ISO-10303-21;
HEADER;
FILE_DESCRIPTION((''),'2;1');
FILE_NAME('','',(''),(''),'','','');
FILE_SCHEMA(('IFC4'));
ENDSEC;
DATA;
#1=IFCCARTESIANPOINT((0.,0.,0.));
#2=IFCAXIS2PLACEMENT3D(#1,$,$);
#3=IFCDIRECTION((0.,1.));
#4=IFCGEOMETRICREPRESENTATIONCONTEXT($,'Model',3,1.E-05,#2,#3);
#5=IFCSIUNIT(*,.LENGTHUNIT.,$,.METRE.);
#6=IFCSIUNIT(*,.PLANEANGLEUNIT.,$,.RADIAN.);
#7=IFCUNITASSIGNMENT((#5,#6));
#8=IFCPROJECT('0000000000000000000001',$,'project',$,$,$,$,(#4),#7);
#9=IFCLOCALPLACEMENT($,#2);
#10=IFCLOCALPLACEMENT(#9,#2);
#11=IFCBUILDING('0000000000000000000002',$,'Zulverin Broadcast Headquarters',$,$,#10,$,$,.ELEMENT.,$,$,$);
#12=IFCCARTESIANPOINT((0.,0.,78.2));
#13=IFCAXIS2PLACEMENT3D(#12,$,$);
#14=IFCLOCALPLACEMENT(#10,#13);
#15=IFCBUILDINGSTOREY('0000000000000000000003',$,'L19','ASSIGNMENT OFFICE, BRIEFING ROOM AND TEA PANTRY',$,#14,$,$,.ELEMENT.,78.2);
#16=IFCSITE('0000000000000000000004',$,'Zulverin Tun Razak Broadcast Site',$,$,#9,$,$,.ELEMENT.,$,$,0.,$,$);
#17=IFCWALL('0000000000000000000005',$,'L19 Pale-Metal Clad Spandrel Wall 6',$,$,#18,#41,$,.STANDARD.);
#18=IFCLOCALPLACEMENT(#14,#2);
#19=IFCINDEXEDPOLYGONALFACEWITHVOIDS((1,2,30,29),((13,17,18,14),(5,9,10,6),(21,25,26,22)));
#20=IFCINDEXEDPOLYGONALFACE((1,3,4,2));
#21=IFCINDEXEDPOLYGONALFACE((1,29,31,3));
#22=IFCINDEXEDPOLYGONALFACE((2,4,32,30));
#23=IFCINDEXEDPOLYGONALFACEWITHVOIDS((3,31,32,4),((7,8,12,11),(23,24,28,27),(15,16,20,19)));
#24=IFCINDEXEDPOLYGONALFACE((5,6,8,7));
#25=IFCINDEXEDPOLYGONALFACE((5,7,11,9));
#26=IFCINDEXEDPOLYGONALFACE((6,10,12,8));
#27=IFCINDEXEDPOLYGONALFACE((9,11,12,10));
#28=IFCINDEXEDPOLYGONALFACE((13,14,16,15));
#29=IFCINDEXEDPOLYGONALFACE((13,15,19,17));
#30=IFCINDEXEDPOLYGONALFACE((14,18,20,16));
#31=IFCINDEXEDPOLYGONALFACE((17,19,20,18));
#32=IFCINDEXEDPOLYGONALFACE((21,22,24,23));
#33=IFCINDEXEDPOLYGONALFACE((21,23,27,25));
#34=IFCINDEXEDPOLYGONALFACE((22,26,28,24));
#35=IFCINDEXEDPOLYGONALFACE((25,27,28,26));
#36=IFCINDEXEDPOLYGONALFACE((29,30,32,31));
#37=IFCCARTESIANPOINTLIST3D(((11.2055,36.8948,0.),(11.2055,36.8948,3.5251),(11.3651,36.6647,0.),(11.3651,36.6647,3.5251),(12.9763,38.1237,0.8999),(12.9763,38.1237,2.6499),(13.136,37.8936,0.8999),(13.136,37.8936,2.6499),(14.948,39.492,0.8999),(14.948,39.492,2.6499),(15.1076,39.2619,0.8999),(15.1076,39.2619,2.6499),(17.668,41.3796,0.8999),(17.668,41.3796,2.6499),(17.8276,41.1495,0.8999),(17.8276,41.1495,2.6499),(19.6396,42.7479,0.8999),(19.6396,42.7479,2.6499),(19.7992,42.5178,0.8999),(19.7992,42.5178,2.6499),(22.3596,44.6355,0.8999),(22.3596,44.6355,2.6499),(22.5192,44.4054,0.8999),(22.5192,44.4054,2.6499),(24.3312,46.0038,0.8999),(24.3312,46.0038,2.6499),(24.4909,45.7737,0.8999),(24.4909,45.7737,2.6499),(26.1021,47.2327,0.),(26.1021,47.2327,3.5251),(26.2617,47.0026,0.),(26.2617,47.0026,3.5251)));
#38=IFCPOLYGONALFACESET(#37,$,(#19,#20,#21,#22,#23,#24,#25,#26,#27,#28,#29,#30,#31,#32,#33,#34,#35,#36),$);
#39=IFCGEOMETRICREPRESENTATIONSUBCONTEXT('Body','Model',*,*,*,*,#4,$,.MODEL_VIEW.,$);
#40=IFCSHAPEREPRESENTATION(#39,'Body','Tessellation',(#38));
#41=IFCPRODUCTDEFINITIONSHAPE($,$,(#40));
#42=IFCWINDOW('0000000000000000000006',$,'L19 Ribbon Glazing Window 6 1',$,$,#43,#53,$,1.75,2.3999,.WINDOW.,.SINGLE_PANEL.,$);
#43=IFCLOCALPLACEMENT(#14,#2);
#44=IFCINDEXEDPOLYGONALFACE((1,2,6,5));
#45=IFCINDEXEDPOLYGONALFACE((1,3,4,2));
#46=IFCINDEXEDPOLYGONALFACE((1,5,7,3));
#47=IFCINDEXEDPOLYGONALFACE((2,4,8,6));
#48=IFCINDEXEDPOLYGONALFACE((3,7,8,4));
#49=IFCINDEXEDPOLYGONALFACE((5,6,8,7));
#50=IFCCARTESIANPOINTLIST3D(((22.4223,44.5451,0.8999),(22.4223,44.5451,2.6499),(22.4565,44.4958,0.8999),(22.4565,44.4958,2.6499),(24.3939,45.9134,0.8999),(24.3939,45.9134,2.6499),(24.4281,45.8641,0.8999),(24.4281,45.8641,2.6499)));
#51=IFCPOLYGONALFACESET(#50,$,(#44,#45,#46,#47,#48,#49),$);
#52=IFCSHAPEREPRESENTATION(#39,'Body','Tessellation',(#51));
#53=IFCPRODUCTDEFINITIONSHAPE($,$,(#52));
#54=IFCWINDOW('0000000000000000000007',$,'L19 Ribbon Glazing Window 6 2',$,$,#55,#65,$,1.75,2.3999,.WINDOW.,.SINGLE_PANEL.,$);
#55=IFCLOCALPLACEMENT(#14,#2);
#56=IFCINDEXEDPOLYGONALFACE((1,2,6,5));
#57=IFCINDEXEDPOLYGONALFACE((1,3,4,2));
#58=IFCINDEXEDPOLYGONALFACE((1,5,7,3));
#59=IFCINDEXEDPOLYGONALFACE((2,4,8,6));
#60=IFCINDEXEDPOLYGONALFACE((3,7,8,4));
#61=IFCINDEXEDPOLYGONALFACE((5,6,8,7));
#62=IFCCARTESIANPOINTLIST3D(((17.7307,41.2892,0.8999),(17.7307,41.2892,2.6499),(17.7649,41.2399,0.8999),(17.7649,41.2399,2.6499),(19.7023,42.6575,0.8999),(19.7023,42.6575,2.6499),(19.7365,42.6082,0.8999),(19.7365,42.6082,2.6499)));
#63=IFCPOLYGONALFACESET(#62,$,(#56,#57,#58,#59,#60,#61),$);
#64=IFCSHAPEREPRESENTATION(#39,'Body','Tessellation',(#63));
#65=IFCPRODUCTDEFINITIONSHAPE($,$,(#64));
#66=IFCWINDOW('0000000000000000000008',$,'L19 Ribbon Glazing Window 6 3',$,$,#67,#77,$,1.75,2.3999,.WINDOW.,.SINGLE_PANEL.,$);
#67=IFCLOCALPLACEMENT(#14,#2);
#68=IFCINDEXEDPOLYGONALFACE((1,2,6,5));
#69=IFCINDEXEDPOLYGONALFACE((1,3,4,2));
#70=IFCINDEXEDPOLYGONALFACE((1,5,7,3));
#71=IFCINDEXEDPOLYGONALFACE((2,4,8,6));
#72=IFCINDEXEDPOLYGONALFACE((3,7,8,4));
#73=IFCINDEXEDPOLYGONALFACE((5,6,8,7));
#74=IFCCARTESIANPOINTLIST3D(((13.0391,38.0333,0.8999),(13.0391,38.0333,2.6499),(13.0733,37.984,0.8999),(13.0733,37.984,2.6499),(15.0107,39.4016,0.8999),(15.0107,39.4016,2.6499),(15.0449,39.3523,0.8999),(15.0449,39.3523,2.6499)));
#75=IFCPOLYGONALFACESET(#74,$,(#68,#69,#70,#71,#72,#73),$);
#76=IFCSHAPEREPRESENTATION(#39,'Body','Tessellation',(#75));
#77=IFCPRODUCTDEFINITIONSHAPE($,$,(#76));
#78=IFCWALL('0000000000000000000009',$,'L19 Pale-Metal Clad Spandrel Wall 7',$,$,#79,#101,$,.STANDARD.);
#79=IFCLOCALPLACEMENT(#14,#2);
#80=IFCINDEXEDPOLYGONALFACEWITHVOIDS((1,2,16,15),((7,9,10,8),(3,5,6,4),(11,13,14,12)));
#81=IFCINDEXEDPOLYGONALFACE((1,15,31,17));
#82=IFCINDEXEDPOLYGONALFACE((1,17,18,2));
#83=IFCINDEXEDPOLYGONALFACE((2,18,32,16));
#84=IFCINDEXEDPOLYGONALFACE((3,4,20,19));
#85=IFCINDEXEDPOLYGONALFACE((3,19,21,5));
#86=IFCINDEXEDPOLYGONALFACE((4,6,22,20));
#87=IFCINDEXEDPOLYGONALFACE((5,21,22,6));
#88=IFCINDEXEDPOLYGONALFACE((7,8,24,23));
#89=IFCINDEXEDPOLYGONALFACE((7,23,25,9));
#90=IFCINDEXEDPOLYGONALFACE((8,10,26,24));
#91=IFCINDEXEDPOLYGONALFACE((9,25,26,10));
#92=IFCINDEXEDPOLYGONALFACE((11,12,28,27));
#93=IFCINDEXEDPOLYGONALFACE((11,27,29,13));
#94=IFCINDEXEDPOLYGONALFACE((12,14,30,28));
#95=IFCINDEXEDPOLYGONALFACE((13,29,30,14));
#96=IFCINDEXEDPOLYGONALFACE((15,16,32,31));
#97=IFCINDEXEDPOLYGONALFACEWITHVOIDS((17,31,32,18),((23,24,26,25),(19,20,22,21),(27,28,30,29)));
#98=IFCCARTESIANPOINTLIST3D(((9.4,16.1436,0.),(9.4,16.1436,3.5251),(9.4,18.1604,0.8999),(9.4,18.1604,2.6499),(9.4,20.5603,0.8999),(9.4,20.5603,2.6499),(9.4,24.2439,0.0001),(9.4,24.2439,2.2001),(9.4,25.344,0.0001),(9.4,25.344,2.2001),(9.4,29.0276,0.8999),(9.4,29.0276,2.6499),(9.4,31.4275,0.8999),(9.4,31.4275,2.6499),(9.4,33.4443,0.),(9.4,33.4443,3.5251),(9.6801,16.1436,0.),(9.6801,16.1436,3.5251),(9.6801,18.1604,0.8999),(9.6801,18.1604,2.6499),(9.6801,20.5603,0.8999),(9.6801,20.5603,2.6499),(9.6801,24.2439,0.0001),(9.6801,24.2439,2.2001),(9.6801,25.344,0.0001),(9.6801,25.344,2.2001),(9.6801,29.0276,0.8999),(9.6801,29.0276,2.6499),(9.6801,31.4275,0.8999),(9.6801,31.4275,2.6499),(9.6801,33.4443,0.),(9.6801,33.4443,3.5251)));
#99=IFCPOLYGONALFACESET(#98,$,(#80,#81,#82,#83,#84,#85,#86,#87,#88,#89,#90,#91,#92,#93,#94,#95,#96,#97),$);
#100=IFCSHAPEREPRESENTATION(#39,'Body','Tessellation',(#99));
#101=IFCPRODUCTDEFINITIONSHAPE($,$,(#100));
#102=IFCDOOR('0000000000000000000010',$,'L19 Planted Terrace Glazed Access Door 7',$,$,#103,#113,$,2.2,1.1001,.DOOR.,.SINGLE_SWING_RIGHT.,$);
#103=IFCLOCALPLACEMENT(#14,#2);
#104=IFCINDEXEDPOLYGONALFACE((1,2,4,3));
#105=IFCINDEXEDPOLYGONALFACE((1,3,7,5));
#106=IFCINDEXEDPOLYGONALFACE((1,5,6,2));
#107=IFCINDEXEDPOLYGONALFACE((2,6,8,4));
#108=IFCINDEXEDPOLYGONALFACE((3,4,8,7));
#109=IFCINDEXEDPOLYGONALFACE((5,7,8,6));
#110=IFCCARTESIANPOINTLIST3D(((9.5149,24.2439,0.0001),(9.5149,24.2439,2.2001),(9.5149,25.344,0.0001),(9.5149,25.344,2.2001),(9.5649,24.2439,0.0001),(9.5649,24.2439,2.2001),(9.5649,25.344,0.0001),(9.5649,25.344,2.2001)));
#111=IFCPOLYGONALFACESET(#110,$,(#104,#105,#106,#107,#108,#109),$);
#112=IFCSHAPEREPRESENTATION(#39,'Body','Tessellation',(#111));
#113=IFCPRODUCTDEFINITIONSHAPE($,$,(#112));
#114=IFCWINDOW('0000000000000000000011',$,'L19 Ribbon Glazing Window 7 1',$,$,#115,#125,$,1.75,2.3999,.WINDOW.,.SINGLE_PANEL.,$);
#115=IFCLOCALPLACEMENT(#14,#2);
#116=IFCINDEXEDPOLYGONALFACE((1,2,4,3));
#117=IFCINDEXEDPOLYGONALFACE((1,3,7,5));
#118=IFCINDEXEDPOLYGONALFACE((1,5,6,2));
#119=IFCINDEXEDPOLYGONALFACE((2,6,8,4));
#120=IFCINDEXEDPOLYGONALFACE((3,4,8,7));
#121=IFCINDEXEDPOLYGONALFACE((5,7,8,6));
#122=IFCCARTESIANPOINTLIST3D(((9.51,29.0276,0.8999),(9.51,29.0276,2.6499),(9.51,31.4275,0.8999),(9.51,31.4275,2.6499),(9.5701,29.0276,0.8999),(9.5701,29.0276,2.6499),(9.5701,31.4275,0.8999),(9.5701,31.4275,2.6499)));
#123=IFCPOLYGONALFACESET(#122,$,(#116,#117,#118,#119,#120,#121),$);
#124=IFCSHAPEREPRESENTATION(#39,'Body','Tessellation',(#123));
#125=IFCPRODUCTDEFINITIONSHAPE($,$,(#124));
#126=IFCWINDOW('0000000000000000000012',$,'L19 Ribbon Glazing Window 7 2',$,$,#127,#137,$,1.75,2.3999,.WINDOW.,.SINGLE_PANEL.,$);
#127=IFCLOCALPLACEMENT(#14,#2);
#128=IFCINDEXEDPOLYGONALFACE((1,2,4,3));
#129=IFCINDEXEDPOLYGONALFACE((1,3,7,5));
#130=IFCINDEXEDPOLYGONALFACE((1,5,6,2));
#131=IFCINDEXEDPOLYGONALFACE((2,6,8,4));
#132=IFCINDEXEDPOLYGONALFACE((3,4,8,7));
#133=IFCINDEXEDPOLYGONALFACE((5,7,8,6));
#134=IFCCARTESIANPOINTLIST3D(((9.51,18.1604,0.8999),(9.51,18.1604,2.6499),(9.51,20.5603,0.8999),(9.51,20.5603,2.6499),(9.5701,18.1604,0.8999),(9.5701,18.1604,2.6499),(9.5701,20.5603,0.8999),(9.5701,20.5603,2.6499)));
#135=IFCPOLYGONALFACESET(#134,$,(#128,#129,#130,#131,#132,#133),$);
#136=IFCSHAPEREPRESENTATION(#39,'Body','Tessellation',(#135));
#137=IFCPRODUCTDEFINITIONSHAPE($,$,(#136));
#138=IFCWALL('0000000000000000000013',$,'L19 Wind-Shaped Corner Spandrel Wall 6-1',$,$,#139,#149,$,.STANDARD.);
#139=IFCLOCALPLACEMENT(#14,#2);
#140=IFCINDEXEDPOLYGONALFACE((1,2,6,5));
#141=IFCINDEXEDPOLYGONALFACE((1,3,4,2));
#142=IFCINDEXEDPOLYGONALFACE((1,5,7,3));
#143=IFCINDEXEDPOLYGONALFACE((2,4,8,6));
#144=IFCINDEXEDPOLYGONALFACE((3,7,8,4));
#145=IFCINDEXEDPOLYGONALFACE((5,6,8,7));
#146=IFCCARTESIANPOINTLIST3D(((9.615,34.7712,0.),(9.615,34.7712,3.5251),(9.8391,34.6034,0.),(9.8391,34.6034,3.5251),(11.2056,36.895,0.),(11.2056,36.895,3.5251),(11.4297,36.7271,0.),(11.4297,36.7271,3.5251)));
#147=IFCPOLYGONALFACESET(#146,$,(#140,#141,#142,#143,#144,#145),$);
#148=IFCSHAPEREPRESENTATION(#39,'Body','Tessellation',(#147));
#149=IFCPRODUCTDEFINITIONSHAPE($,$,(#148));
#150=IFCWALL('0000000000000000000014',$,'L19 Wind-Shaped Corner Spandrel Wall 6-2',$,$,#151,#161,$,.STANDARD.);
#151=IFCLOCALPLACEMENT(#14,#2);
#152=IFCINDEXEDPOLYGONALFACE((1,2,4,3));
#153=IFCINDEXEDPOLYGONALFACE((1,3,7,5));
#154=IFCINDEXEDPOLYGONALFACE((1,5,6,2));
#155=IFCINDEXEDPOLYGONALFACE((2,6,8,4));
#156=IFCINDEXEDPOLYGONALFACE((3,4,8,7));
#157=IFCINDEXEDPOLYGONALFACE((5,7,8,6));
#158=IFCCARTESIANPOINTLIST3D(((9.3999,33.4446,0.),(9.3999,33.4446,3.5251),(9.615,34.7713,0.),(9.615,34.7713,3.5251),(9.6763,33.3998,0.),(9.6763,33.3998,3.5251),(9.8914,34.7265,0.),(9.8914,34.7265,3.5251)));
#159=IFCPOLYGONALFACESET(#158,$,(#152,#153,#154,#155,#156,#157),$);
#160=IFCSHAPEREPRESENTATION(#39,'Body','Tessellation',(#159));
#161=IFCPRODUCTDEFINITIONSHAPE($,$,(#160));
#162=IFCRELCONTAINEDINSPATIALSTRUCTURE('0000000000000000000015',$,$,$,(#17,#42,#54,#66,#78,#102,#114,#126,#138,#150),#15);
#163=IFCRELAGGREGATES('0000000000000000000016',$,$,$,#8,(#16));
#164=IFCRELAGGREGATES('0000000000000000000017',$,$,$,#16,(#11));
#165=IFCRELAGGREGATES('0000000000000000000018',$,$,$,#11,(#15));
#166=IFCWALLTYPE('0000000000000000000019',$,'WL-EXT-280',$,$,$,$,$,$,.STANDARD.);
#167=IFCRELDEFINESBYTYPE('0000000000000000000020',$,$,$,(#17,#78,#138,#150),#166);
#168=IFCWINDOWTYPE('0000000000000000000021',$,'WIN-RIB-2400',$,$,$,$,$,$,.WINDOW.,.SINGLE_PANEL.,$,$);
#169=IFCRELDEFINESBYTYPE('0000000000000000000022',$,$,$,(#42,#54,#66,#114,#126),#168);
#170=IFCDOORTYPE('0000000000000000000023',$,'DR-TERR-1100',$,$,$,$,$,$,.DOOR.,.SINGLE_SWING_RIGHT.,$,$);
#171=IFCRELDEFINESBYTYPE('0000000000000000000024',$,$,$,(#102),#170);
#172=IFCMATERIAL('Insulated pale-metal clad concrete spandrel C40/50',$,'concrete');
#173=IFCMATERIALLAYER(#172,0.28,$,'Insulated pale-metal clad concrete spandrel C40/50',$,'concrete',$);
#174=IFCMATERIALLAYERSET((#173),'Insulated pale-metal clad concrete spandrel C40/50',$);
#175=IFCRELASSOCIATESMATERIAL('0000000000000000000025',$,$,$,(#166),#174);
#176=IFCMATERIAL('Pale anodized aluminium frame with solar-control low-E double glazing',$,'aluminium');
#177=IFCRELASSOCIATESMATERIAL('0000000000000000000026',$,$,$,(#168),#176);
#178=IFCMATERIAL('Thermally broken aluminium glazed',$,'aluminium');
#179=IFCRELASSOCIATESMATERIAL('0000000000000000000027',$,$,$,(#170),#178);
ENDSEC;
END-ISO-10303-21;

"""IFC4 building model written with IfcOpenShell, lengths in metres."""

from ifc_helpers import new_model, si_unit, direction, frame, frame_2d, origin, place, context, subcontext, project, spatial, rectangle, extrude, material, layer, layer_set, type_object, element, fill, save


model = new_model("IFC4")

# Units and contexts
model_context = context("Model", 3, precision=1e-05, world=origin(), true_north=direction((0.0, 1.0)))
body_context = subcontext(model_context, "Body", "Model", "MODEL_VIEW")
ifc_project = project(units=[si_unit("LENGTHUNIT", "METRE"), si_unit("PLANEANGLEUNIT", "RADIAN")], contexts=[model_context])

# Site, building, storey
site_placement = place(None, origin())
site = spatial("IfcSite", under=ifc_project, at=site_placement, Name="Zulverin Tun Razak Broadcast Site", CompositionType="ELEMENT", RefElevation=0.0)
building_placement = place(site_placement, origin())
building = spatial("IfcBuilding", under=site, at=building_placement, Name="Zulverin Broadcast Headquarters", CompositionType="ELEMENT")
storey_placement = place(building_placement, frame((0.0, 0.0, 78.2)))
storey = spatial("IfcBuildingStorey", under=building, at=storey_placement, Name="L19", Description="ASSIGNMENT OFFICE, BRIEFING ROOM AND TEA PANTRY", CompositionType="ELEMENT", Elevation=78.2)

# Wall, openings, windows
ifc_material_1 = material(Name="Insulated pale-metal clad concrete spandrel C40/50", Category="concrete")
ifc_layer_1 = layer(ifc_material_1, 0.28, Name="Insulated pale-metal clad concrete spandrel C40/50", Category="concrete")
ifc_layer_set_1 = layer_set([ifc_layer_1], Name="Insulated pale-metal clad concrete spandrel C40/50")
wall_type_1 = type_object("IfcWallType", Name="WL-EXT-280", PredefinedType="STANDARD", material=ifc_layer_set_1)
wall_1_placement = place(storey_placement, frame((26.1819, 47.1177, 0.0), z_axis=(0.0, 0.0, 1.0), x_axis=(-0.821548, -0.570139, 0.0)))
wall_1 = element("IfcWall", 1, at=wall_1_placement, inside=storey, type_object=wall_type_1, Name="L19 Pale-Metal Clad Spandrel Wall 6", PredefinedType="STANDARD", context=body_context, shape_type="SweptSolid", body=[
    extrude(rectangle(XDim=18.1323, YDim=0.28, at=frame_2d((9.0662, 0.0))), origin(), (0.0, 0.0, 1.0), 3.5251),
])
opening_1_placement = place(wall_1_placement, frame((2.1555, 0.0, 0.8999)))
opening_1 = element("IfcOpeningElement", 2, at=opening_1_placement, cuts=wall_1, PredefinedType="OPENING", context=body_context, shape_type="SweptSolid", body=[
    extrude(rectangle(XDim=2.3999, YDim=1.75, at=frame_2d((1.2, 0.875))), frame((0.0, 0.1499, 0.0), z_axis=(0.0, -1.0, 0.0), x_axis=(1.0, 0.0, 0.0)), (0.0, 0.0, 1.0), 0.3),
])
opening_2_placement = place(wall_1_placement, frame((7.8662, 0.0, 0.8999)))
opening_2 = element("IfcOpeningElement", 3, at=opening_2_placement, cuts=wall_1, PredefinedType="OPENING", context=body_context, shape_type="SweptSolid", body=[
    extrude(rectangle(XDim=2.3999, YDim=1.75, at=frame_2d((1.2, 0.875))), frame((0.0, 0.1499, 0.0), z_axis=(0.0, -1.0, 0.0), x_axis=(1.0, 0.0, 0.0)), (0.0, 0.0, 1.0), 0.3),
])
opening_3_placement = place(wall_1_placement, frame((13.5769, 0.0, 0.8999)))
opening_3 = element("IfcOpeningElement", 4, at=opening_3_placement, cuts=wall_1, PredefinedType="OPENING", context=body_context, shape_type="SweptSolid", body=[
    extrude(rectangle(XDim=2.3999, YDim=1.75, at=frame_2d((1.2, 0.875))), frame((0.0, 0.1499, 0.0), z_axis=(0.0, -1.0, 0.0), x_axis=(1.0, 0.0, 0.0)), (0.0, 0.0, 1.0), 0.3),
])
ifc_material_2 = material(Name="Pale anodized aluminium frame with solar-control low-E double glazing", Category="aluminium")
window_type = type_object("IfcWindowType", Name="WIN-RIB-2400", PartitioningType="SINGLE_PANEL", PredefinedType="WINDOW", material=ifc_material_2)
window_1_placement = place(opening_1_placement, origin())
window_1 = element("IfcWindow", 5, at=window_1_placement, inside=storey, type_object=window_type, Name="L19 Ribbon Glazing Window 6 1", OverallHeight=1.75, OverallWidth=2.3999, PartitioningType="SINGLE_PANEL", PredefinedType="WINDOW", context=body_context, shape_type="SweptSolid", body=[
    extrude(rectangle(XDim=2.3999, YDim=1.75, at=frame_2d((1.2, 0.875))), frame((0.0, 0.03, 0.0), z_axis=(0.0, -1.0, 0.0), x_axis=(1.0, 0.0, 0.0)), (0.0, 0.0, 1.0), 0.0601),
])
fill(opening_1, window_1)
window_2_placement = place(opening_2_placement, origin())
window_2 = element("IfcWindow", 6, at=window_2_placement, inside=storey, type_object=window_type, Name="L19 Ribbon Glazing Window 6 2", OverallHeight=1.75, OverallWidth=2.3999, PartitioningType="SINGLE_PANEL", PredefinedType="WINDOW", context=body_context, shape_type="SweptSolid", body=[
    extrude(rectangle(XDim=2.3999, YDim=1.75, at=frame_2d((1.2, 0.875))), frame((0.0, 0.03, 0.0), z_axis=(0.0, -1.0, 0.0), x_axis=(1.0, 0.0, 0.0)), (0.0, 0.0, 1.0), 0.0601),
])
fill(opening_2, window_2)
window_3_placement = place(opening_3_placement, origin())
window_3 = element("IfcWindow", 7, at=window_3_placement, inside=storey, type_object=window_type, Name="L19 Ribbon Glazing Window 6 3", OverallHeight=1.75, OverallWidth=2.3999, PartitioningType="SINGLE_PANEL", PredefinedType="WINDOW", context=body_context, shape_type="SweptSolid", body=[
    extrude(rectangle(XDim=2.3999, YDim=1.75, at=frame_2d((1.2, 0.875))), frame((0.0, 0.03, 0.0), z_axis=(0.0, -1.0, 0.0), x_axis=(1.0, 0.0, 0.0)), (0.0, 0.0, 1.0), 0.0601),
])
fill(opening_3, window_3)

# Wall, openings, door, windows
wall_2_placement = place(storey_placement, frame((9.54, 33.4443, 0.0), z_axis=(0.0, 0.0, 1.0), x_axis=(0.0, -1.0, 0.0)))
wall_2 = element("IfcWall", 8, at=wall_2_placement, inside=storey, type_object=wall_type_1, Name="L19 Pale-Metal Clad Spandrel Wall 7", PredefinedType="STANDARD", context=body_context, shape_type="SweptSolid", body=[
    extrude(rectangle(XDim=17.3008, YDim=0.28, at=frame_2d((8.6504, 0.0))), origin(), (0.0, 0.0, 1.0), 3.5251),
])
opening_4_placement = place(wall_2_placement, frame((8.1003, 0.0, 0.0)))
opening_4 = element("IfcOpeningElement", 9, at=opening_4_placement, cuts=wall_2, PredefinedType="OPENING", context=body_context, shape_type="SweptSolid", body=[
    extrude(rectangle(XDim=1.1001, YDim=2.2, at=frame_2d((0.55, 1.1001))), frame((0.0, 0.1499, 0.0), z_axis=(0.0, -1.0, 0.0), x_axis=(1.0, 0.0, 0.0)), (0.0, 0.0, 1.0), 0.3),
])
opening_5_placement = place(wall_2_placement, frame((2.0168, 0.0, 0.8999)))
opening_5 = element("IfcOpeningElement", 10, at=opening_5_placement, cuts=wall_2, PredefinedType="OPENING", context=body_context, shape_type="SweptSolid", body=[
    extrude(rectangle(XDim=2.3999, YDim=1.75, at=frame_2d((1.2, 0.875))), frame((0.0, 0.1499, 0.0), z_axis=(0.0, -1.0, 0.0), x_axis=(1.0, 0.0, 0.0)), (0.0, 0.0, 1.0), 0.3),
])
opening_6_placement = place(wall_2_placement, frame((12.884, 0.0, 0.8999)))
opening_6 = element("IfcOpeningElement", 11, at=opening_6_placement, cuts=wall_2, PredefinedType="OPENING", context=body_context, shape_type="SweptSolid", body=[
    extrude(rectangle(XDim=2.3999, YDim=1.75, at=frame_2d((1.2, 0.875))), frame((0.0, 0.1499, 0.0), z_axis=(0.0, -1.0, 0.0), x_axis=(1.0, 0.0, 0.0)), (0.0, 0.0, 1.0), 0.3),
])
ifc_material_3 = material(Name="Thermally broken aluminium glazed", Category="aluminium")
door_type_1 = type_object("IfcDoorType", Name="DR-TERR-1100", OperationType="SINGLE_SWING_RIGHT", PredefinedType="DOOR", material=ifc_material_3)
door_1_placement = place(opening_4_placement, origin())
door_1 = element("IfcDoor", 12, at=door_1_placement, inside=storey, type_object=door_type_1, Name="L19 Planted Terrace Glazed Access Door 7", OperationType="SINGLE_SWING_RIGHT", OverallHeight=2.2, OverallWidth=1.1001, PredefinedType="DOOR", context=body_context, shape_type="SweptSolid", body=[
    extrude(rectangle(XDim=1.1001, YDim=2.2, at=frame_2d((0.55, 1.1001))), frame((0.0, 0.0249, 0.0), z_axis=(0.0, -1.0, 0.0), x_axis=(1.0, 0.0, 0.0)), (0.0, 0.0, 1.0), 0.05),
])
fill(opening_4, door_1)
window_4_placement = place(opening_5_placement, origin())
window_4 = element("IfcWindow", 13, at=window_4_placement, inside=storey, type_object=window_type, Name="L19 Ribbon Glazing Window 7 1", OverallHeight=1.75, OverallWidth=2.3999, PartitioningType="SINGLE_PANEL", PredefinedType="WINDOW", context=body_context, shape_type="SweptSolid", body=[
    extrude(rectangle(XDim=2.3999, YDim=1.75, at=frame_2d((1.2, 0.875))), frame((0.0, 0.03, 0.0), z_axis=(0.0, -1.0, 0.0), x_axis=(1.0, 0.0, 0.0)), (0.0, 0.0, 1.0), 0.0601),
])
fill(opening_5, window_4)
window_5_placement = place(opening_6_placement, origin())
window_5 = element("IfcWindow", 14, at=window_5_placement, inside=storey, type_object=window_type, Name="L19 Ribbon Glazing Window 7 2", OverallHeight=1.75, OverallWidth=2.3999, PartitioningType="SINGLE_PANEL", PredefinedType="WINDOW", context=body_context, shape_type="SweptSolid", body=[
    extrude(rectangle(XDim=2.3999, YDim=1.75, at=frame_2d((1.2, 0.875))), frame((0.0, 0.03, 0.0), z_axis=(0.0, -1.0, 0.0), x_axis=(1.0, 0.0, 0.0)), (0.0, 0.0, 1.0), 0.0601),
])
fill(opening_6, window_5)

# Walls
wall_3_placement = place(storey_placement, frame((11.3176, 36.811, 0.0), z_axis=(0.0, 0.0, 1.0), x_axis=(-0.599455, -0.800408, 0.0)))
element("IfcWall", 15, at=wall_3_placement, inside=storey, type_object=wall_type_1, Name="L19 Wind-Shaped Corner Spandrel Wall 6-1", PredefinedType="STANDARD", context=body_context, shape_type="SweptSolid", body=[
    extrude(rectangle(XDim=2.6533, YDim=0.28, at=frame_2d((1.3267, 0.0))), origin(), (0.0, 0.0, 1.0), 3.5251),
])
wall_4_placement = place(storey_placement, frame((9.7532, 34.7488, 0.0), z_axis=(0.0, 0.0, 1.0), x_axis=(-0.160038, -0.987111, 0.0)))
element("IfcWall", 16, at=wall_4_placement, inside=storey, type_object=wall_type_1, Name="L19 Wind-Shaped Corner Spandrel Wall 6-2", PredefinedType="STANDARD", context=body_context, shape_type="SweptSolid", body=[
    extrude(rectangle(XDim=1.344, YDim=0.28, at=frame_2d((0.6719, 0.0))), origin(), (0.0, 0.0, 1.0), 3.5251),
])

save(model, "model.ifc")
